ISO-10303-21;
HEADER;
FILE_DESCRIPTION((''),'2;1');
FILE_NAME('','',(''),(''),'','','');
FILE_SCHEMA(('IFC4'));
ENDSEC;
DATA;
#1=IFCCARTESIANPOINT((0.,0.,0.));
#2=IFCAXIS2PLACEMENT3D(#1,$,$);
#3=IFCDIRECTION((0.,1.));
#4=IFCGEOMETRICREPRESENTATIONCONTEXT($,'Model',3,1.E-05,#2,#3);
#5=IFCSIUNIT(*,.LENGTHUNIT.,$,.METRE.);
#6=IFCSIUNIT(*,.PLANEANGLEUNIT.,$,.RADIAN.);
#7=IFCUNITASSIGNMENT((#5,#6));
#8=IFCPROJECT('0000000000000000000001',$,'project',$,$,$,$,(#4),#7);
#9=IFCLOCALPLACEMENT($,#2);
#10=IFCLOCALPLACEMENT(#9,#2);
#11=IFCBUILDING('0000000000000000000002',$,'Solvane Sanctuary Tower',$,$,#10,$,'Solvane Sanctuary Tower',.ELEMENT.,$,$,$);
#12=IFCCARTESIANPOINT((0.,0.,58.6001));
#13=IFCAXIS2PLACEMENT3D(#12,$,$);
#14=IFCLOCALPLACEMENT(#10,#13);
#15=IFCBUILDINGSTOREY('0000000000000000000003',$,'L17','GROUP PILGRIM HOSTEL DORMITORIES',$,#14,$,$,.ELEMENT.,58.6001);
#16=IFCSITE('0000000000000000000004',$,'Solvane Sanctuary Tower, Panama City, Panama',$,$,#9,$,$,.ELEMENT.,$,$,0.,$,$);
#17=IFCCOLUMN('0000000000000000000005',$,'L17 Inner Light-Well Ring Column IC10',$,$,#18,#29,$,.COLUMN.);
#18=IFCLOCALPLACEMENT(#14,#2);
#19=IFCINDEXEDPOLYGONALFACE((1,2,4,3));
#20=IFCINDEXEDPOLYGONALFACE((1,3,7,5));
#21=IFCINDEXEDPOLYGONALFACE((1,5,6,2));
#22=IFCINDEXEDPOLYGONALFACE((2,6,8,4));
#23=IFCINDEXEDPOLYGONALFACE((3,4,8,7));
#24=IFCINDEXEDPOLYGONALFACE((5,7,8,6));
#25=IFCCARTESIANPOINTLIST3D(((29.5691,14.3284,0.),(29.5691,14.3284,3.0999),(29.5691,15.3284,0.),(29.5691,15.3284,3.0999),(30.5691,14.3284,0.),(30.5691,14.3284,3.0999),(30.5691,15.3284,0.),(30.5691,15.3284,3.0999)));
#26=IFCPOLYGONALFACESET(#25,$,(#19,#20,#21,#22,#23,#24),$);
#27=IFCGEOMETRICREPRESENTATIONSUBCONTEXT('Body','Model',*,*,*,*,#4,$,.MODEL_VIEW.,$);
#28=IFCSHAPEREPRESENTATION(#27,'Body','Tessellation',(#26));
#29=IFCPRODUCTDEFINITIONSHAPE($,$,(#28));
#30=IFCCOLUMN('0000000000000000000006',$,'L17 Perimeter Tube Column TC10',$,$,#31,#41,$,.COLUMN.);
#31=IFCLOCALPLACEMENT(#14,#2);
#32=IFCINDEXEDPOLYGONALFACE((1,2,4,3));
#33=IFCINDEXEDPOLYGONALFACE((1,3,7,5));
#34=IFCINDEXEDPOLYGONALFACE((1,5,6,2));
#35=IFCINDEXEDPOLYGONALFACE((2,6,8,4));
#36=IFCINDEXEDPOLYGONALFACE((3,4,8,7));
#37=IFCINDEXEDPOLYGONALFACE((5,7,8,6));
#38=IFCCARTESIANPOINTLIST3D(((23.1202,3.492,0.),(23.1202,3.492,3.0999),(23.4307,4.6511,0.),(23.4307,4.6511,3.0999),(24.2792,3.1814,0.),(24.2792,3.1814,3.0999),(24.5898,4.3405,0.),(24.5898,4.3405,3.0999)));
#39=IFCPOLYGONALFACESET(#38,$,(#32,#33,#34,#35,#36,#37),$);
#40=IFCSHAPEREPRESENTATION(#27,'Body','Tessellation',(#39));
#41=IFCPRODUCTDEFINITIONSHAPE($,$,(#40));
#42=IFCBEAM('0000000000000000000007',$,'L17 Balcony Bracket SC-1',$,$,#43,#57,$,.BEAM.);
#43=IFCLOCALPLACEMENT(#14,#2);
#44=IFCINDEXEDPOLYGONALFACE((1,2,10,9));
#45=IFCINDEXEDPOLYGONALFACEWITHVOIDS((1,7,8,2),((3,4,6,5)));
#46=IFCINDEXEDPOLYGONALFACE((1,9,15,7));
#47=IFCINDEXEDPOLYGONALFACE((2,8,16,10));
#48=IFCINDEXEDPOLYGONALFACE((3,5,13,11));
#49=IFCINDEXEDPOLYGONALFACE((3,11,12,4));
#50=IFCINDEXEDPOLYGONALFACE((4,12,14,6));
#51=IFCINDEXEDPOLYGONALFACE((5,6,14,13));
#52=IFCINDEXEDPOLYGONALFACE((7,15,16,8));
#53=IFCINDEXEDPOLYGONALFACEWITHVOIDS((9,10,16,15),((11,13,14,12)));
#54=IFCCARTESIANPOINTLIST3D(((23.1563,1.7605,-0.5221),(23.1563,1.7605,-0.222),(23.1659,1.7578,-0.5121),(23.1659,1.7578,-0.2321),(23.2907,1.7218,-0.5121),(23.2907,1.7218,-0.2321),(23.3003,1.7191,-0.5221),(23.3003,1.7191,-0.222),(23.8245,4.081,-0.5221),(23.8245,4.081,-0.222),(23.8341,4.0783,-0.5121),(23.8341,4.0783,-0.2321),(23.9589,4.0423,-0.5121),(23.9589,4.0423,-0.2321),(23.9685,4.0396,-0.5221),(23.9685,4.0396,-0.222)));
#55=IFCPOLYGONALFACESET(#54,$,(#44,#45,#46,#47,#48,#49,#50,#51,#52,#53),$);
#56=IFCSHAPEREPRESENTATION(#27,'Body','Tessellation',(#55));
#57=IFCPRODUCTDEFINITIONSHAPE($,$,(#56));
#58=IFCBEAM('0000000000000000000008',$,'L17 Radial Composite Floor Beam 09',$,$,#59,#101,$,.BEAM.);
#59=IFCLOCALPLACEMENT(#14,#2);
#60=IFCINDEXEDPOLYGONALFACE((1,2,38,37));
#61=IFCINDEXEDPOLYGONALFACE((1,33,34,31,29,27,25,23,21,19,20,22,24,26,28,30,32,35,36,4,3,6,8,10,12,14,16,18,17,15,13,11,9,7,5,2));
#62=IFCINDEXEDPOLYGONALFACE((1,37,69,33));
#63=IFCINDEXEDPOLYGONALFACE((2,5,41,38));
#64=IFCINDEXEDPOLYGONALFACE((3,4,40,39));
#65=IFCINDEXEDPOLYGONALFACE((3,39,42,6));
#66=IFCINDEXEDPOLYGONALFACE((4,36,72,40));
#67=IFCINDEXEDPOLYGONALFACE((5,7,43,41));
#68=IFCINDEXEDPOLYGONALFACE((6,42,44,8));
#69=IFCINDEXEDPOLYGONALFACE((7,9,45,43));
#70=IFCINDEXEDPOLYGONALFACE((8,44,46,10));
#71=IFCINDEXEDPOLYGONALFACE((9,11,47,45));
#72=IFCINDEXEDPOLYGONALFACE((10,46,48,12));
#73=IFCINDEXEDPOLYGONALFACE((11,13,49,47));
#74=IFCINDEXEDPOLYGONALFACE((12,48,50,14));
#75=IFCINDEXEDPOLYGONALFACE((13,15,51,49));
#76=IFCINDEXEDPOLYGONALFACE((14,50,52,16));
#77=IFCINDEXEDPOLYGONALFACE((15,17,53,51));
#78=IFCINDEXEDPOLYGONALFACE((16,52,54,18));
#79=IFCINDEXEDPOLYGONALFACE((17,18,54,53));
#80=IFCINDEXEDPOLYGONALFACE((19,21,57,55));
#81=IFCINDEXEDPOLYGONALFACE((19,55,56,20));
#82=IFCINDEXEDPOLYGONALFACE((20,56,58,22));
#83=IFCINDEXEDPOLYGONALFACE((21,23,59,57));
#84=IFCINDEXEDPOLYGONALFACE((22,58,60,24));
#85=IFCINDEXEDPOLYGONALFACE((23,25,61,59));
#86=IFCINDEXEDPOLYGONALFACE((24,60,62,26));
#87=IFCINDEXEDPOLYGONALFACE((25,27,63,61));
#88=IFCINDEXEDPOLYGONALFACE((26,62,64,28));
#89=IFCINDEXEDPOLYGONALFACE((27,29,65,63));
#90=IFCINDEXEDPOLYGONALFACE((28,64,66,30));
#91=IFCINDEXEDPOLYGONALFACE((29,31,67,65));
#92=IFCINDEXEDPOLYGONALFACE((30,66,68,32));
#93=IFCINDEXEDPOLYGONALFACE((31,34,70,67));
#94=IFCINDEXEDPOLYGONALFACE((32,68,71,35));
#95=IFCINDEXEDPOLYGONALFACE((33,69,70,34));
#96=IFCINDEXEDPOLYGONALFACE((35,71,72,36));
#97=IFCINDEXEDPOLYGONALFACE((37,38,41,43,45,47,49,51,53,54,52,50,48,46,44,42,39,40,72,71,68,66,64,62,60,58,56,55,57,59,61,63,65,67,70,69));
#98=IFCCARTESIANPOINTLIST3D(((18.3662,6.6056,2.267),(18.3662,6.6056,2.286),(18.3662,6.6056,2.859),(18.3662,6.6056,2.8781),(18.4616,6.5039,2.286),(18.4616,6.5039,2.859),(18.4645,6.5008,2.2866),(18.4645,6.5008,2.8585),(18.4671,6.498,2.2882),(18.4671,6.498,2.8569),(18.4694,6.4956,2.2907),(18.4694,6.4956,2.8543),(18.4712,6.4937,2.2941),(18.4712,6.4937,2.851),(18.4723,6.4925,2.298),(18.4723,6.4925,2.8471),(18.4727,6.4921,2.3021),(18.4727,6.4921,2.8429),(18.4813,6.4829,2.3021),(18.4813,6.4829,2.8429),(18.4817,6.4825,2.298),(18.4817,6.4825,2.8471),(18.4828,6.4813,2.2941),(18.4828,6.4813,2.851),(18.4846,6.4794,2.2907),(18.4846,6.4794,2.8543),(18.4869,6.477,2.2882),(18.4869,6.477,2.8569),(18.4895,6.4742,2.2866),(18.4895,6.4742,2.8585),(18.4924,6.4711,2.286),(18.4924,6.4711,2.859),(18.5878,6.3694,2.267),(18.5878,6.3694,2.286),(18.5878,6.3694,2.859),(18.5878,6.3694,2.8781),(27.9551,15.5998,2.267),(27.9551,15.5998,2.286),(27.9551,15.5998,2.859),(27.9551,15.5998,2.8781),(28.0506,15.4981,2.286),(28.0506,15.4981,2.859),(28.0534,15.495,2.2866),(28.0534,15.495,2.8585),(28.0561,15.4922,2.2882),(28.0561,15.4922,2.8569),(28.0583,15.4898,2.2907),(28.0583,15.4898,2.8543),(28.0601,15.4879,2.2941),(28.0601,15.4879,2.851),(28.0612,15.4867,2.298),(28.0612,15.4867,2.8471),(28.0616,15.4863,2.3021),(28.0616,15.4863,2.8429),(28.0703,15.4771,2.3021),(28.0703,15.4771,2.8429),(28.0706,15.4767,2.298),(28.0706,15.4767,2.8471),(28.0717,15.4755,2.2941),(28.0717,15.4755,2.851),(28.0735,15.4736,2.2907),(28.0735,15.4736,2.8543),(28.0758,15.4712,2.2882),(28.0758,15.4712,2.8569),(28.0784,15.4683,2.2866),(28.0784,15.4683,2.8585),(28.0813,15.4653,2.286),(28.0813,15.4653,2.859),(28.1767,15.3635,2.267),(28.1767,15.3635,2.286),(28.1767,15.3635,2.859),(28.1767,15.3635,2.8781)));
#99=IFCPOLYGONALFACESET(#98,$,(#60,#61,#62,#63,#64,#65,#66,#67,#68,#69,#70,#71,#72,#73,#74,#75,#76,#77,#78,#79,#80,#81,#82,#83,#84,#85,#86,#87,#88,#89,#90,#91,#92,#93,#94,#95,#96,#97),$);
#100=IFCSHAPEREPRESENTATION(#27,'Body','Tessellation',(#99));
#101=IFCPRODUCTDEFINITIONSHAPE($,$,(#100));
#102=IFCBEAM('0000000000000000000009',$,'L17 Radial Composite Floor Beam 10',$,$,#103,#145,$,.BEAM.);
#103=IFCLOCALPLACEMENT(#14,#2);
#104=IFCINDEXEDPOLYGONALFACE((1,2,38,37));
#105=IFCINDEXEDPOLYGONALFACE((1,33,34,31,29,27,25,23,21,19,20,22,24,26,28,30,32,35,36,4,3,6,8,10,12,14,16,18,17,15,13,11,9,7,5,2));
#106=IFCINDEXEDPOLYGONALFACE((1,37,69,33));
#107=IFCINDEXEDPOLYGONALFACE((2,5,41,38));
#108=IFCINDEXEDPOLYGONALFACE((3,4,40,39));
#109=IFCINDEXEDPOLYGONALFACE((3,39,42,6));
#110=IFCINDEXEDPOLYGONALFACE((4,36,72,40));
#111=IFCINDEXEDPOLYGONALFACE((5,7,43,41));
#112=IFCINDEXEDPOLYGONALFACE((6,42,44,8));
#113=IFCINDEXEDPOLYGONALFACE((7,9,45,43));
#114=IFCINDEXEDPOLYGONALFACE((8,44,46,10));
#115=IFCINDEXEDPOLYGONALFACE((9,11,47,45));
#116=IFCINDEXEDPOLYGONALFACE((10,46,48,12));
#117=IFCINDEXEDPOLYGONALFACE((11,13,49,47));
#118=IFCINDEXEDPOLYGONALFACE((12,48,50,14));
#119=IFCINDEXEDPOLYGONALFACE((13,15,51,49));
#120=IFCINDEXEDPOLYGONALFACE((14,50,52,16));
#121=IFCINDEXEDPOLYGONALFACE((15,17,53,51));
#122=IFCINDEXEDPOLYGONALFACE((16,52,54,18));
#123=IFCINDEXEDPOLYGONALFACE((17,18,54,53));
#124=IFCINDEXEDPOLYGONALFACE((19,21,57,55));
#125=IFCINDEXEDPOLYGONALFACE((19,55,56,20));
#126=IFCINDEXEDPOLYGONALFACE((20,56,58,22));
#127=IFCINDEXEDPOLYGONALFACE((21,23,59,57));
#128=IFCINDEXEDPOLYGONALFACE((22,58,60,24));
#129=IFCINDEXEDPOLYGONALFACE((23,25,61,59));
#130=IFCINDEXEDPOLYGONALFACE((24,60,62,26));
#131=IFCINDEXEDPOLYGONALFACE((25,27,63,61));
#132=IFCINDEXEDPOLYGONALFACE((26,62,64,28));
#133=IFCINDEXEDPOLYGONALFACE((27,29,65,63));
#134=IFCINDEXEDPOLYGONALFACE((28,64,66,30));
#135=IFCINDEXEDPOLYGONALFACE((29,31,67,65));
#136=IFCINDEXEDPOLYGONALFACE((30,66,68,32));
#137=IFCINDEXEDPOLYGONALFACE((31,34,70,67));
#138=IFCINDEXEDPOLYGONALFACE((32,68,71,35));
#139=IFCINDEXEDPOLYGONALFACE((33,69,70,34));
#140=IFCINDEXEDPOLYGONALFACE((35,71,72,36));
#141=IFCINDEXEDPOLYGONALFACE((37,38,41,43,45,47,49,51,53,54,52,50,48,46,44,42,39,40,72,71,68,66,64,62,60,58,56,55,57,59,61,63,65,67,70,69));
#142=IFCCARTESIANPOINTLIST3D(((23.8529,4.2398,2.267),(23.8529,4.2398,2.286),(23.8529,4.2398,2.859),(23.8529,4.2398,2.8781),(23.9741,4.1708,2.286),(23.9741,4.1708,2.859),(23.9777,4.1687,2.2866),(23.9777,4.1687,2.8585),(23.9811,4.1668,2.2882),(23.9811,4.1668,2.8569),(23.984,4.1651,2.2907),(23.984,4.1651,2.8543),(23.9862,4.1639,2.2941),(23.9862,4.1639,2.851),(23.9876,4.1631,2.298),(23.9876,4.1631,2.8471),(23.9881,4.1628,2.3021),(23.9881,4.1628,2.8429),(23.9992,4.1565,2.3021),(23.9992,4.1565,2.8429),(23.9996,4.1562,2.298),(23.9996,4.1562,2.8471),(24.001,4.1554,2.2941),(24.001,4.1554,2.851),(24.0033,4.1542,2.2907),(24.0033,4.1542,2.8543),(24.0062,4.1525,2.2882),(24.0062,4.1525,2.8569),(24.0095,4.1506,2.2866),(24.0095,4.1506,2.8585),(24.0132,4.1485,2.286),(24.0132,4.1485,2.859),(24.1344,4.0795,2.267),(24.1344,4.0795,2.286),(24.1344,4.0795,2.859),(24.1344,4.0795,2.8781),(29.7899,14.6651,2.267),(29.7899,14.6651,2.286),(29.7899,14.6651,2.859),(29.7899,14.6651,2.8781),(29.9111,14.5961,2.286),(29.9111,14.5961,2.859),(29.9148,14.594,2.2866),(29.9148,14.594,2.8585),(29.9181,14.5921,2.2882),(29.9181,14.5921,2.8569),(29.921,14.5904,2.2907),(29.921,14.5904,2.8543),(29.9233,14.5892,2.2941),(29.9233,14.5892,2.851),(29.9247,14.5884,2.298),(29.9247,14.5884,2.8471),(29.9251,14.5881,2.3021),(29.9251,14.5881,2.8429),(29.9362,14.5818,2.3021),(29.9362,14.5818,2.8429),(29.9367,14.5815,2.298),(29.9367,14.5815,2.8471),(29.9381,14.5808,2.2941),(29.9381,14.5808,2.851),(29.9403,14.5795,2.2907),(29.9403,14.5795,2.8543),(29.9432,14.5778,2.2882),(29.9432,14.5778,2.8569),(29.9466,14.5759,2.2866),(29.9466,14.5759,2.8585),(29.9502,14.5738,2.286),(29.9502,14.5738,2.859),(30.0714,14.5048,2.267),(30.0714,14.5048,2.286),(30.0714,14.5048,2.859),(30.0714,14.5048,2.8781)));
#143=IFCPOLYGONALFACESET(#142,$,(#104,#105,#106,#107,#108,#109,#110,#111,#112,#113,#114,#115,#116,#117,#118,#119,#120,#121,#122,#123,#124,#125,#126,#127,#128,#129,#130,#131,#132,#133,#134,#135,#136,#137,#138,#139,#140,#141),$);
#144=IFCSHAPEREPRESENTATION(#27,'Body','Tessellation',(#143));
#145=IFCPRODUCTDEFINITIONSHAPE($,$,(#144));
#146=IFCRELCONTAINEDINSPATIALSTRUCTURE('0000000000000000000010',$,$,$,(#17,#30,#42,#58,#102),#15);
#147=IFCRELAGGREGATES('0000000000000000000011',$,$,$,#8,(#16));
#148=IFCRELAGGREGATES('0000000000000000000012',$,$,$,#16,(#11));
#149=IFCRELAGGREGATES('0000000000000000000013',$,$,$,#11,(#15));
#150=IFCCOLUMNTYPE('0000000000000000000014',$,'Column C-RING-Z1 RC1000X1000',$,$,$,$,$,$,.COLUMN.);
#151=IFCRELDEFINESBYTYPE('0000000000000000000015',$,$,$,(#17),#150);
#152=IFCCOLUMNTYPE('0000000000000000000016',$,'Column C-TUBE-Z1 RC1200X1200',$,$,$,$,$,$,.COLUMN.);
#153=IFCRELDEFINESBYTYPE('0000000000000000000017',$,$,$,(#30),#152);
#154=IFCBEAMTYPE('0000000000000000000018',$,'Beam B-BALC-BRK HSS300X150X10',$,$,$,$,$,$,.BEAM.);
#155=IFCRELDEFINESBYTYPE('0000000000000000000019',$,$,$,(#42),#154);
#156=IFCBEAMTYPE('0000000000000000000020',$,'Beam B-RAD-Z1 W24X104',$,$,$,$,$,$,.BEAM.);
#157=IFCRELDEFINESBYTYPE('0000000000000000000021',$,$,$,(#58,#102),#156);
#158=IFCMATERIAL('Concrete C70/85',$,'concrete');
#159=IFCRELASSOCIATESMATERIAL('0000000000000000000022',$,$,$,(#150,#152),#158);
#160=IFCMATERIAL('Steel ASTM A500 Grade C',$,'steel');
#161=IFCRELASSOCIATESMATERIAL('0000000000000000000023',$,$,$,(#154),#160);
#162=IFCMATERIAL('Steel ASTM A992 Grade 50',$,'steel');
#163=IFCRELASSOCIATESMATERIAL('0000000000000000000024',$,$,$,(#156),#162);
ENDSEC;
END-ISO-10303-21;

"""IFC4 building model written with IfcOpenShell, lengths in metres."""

from ifc_helpers import new_model, si_unit, direction, frame, origin, origin_2d, place, context, subcontext, project, spatial, rectangle, hollow_rectangle, i_section, extrude, material, material_profile, profile_set, type_object, element, save


model = new_model("IFC4")

# Units and contexts
model_context = context("Model", 3, precision=1e-05, world=origin(), true_north=direction((0.0, 1.0)))
body_context = subcontext(model_context, "Body", "Model", "MODEL_VIEW")
ifc_project = project(units=[si_unit("LENGTHUNIT", "METRE"), si_unit("PLANEANGLEUNIT", "RADIAN")], contexts=[model_context])

# Site, building, storey
site_placement = place(None, origin())
site = spatial("IfcSite", under=ifc_project, at=site_placement, Name="Solvane Sanctuary Tower, Panama City, Panama", CompositionType="ELEMENT", RefElevation=0.0)
building_placement = place(site_placement, origin())
building = spatial("IfcBuilding", under=site, at=building_placement, Name="Solvane Sanctuary Tower", LongName="Solvane Sanctuary Tower", CompositionType="ELEMENT")
storey_placement = place(building_placement, frame((0.0, 0.0, 58.6001)))
storey = spatial("IfcBuildingStorey", under=building, at=storey_placement, Name="L17", Description="GROUP PILGRIM HOSTEL DORMITORIES", CompositionType="ELEMENT", Elevation=58.6001)

# Columns
ifc_material_1 = material(Name="Concrete C70/85", Category="concrete")
ifc_material_profile_1 = material_profile(ifc_material_1, rectangle(XDim=1.0, YDim=1.0, at=origin_2d()), Name="RC1000X1000")
ifc_profile_set_1 = profile_set([ifc_material_profile_1], Name="Concrete C70/85")
column_type_1 = type_object("IfcColumnType", Name="Column C-RING-Z1 RC1000X1000", PredefinedType="COLUMN", material=ifc_profile_set_1)
column_1_placement = place(storey_placement, frame((30.0691, 14.8284, 0.0), z_axis=(0.0, 0.0, 1.0), x_axis=(1.0, 0.0, 0.0)))
element("IfcColumn", 1, at=column_1_placement, inside=storey, type_object=column_type_1, Name="L17 Inner Light-Well Ring Column IC10", PredefinedType="COLUMN", context=body_context, shape_type="SweptSolid", body=[
    extrude(rectangle(XDim=1.0, YDim=1.0, at=origin_2d()), origin(), (0.0, 0.0, 1.0), 3.0999),
])
ifc_material_profile_2 = material_profile(ifc_material_1, rectangle(XDim=1.2, YDim=1.2, at=origin_2d()), Name="RC1200X1200")
ifc_profile_set_2 = profile_set([ifc_material_profile_2], Name="Concrete C70/85")
column_type_2 = type_object("IfcColumnType", Name="Column C-TUBE-Z1 RC1200X1200", PredefinedType="COLUMN", material=ifc_profile_set_2)
column_2_placement = place(storey_placement, frame((23.855, 3.9163, 0.0), z_axis=(0.0, 0.0, 1.0), x_axis=(-0.258819, -0.965926, 0.0)))
element("IfcColumn", 2, at=column_2_placement, inside=storey, type_object=column_type_2, Name="L17 Perimeter Tube Column TC10", PredefinedType="COLUMN", context=body_context, shape_type="SweptSolid", body=[
    extrude(rectangle(XDim=1.2, YDim=1.2, at=origin_2d()), origin(), (0.0, 0.0, 1.0), 3.0999),
])

# Beams
ifc_material_2 = material(Name="Steel ASTM A500 Grade C", Category="steel")
ifc_material_profile_3 = material_profile(ifc_material_2, hollow_rectangle(XDim=0.1499, YDim=0.3, WallThickness=0.01, at=origin_2d()), Name="HSS300X150X10")
ifc_profile_set_3 = profile_set([ifc_material_profile_3], Name="Steel ASTM A500 Grade C")
beam_type_1 = type_object("IfcBeamType", Name="Beam B-BALC-BRK HSS300X150X10", PredefinedType="BEAM", material=ifc_profile_set_3)
beam_1_placement = place(storey_placement, frame((23.8965, 4.0603, -0.3721), z_axis=(-0.27671, -0.960953, 0.0), x_axis=(0.960953, -0.27671, 0.0)))
element("IfcBeam", 3, at=beam_1_placement, inside=storey, type_object=beam_type_1, Name="L17 Balcony Bracket SC-1", PredefinedType="BEAM", context=body_context, shape_type="SweptSolid", body=[
    extrude(hollow_rectangle(XDim=0.1499, YDim=0.3, WallThickness=0.01, at=origin_2d()), origin(), (0.0, 0.0, 1.0), 2.4148),
])
ifc_material_3 = material(Name="Steel ASTM A992 Grade 50", Category="steel")
ifc_material_profile_4 = material_profile(ifc_material_3, i_section(OverallWidth=0.324, OverallDepth=0.6111, WebThickness=0.0127, FlangeThickness=0.019, FilletRadius=0.0161, at=origin_2d()), Name="W24X104")
ifc_profile_set_4 = profile_set([ifc_material_profile_4], Name="Steel ASTM A992 Grade 50")
beam_type_2 = type_object("IfcBeamType", Name="Beam B-RAD-Z1 W24X104", PredefinedType="BEAM", material=ifc_profile_set_4)
beam_2_placement = place(storey_placement, frame((28.0659, 15.4817, 2.5725), z_axis=(-0.729363, -0.684126, 0.0), x_axis=(0.684126, -0.729363, 0.0)))
element("IfcBeam", 4, at=beam_2_placement, inside=storey, type_object=beam_type_2, Name="L17 Radial Composite Floor Beam 09", PredefinedType="BEAM", context=body_context, shape_type="SweptSolid", body=[
    extrude(i_section(OverallWidth=0.324, OverallDepth=0.6111, WebThickness=0.0127, FlangeThickness=0.019, FilletRadius=0.0161, at=origin_2d()), origin(), (0.0, 0.0, 1.0), 13.147),
])
beam_3_placement = place(storey_placement, frame((29.9307, 14.585, 2.5725), z_axis=(-0.494863, -0.868971, 0.0), x_axis=(0.868971, -0.494863, 0.0)))
element("IfcBeam", 5, at=beam_3_placement, inside=storey, type_object=beam_type_2, Name="L17 Radial Composite Floor Beam 10", PredefinedType="BEAM", context=body_context, shape_type="SweptSolid", body=[
    extrude(i_section(OverallWidth=0.324, OverallDepth=0.6111, WebThickness=0.0127, FlangeThickness=0.019, FilletRadius=0.0161, at=origin_2d()), origin(), (0.0, 0.0, 1.0), 11.9973),
])

save(model, "model.ifc")
